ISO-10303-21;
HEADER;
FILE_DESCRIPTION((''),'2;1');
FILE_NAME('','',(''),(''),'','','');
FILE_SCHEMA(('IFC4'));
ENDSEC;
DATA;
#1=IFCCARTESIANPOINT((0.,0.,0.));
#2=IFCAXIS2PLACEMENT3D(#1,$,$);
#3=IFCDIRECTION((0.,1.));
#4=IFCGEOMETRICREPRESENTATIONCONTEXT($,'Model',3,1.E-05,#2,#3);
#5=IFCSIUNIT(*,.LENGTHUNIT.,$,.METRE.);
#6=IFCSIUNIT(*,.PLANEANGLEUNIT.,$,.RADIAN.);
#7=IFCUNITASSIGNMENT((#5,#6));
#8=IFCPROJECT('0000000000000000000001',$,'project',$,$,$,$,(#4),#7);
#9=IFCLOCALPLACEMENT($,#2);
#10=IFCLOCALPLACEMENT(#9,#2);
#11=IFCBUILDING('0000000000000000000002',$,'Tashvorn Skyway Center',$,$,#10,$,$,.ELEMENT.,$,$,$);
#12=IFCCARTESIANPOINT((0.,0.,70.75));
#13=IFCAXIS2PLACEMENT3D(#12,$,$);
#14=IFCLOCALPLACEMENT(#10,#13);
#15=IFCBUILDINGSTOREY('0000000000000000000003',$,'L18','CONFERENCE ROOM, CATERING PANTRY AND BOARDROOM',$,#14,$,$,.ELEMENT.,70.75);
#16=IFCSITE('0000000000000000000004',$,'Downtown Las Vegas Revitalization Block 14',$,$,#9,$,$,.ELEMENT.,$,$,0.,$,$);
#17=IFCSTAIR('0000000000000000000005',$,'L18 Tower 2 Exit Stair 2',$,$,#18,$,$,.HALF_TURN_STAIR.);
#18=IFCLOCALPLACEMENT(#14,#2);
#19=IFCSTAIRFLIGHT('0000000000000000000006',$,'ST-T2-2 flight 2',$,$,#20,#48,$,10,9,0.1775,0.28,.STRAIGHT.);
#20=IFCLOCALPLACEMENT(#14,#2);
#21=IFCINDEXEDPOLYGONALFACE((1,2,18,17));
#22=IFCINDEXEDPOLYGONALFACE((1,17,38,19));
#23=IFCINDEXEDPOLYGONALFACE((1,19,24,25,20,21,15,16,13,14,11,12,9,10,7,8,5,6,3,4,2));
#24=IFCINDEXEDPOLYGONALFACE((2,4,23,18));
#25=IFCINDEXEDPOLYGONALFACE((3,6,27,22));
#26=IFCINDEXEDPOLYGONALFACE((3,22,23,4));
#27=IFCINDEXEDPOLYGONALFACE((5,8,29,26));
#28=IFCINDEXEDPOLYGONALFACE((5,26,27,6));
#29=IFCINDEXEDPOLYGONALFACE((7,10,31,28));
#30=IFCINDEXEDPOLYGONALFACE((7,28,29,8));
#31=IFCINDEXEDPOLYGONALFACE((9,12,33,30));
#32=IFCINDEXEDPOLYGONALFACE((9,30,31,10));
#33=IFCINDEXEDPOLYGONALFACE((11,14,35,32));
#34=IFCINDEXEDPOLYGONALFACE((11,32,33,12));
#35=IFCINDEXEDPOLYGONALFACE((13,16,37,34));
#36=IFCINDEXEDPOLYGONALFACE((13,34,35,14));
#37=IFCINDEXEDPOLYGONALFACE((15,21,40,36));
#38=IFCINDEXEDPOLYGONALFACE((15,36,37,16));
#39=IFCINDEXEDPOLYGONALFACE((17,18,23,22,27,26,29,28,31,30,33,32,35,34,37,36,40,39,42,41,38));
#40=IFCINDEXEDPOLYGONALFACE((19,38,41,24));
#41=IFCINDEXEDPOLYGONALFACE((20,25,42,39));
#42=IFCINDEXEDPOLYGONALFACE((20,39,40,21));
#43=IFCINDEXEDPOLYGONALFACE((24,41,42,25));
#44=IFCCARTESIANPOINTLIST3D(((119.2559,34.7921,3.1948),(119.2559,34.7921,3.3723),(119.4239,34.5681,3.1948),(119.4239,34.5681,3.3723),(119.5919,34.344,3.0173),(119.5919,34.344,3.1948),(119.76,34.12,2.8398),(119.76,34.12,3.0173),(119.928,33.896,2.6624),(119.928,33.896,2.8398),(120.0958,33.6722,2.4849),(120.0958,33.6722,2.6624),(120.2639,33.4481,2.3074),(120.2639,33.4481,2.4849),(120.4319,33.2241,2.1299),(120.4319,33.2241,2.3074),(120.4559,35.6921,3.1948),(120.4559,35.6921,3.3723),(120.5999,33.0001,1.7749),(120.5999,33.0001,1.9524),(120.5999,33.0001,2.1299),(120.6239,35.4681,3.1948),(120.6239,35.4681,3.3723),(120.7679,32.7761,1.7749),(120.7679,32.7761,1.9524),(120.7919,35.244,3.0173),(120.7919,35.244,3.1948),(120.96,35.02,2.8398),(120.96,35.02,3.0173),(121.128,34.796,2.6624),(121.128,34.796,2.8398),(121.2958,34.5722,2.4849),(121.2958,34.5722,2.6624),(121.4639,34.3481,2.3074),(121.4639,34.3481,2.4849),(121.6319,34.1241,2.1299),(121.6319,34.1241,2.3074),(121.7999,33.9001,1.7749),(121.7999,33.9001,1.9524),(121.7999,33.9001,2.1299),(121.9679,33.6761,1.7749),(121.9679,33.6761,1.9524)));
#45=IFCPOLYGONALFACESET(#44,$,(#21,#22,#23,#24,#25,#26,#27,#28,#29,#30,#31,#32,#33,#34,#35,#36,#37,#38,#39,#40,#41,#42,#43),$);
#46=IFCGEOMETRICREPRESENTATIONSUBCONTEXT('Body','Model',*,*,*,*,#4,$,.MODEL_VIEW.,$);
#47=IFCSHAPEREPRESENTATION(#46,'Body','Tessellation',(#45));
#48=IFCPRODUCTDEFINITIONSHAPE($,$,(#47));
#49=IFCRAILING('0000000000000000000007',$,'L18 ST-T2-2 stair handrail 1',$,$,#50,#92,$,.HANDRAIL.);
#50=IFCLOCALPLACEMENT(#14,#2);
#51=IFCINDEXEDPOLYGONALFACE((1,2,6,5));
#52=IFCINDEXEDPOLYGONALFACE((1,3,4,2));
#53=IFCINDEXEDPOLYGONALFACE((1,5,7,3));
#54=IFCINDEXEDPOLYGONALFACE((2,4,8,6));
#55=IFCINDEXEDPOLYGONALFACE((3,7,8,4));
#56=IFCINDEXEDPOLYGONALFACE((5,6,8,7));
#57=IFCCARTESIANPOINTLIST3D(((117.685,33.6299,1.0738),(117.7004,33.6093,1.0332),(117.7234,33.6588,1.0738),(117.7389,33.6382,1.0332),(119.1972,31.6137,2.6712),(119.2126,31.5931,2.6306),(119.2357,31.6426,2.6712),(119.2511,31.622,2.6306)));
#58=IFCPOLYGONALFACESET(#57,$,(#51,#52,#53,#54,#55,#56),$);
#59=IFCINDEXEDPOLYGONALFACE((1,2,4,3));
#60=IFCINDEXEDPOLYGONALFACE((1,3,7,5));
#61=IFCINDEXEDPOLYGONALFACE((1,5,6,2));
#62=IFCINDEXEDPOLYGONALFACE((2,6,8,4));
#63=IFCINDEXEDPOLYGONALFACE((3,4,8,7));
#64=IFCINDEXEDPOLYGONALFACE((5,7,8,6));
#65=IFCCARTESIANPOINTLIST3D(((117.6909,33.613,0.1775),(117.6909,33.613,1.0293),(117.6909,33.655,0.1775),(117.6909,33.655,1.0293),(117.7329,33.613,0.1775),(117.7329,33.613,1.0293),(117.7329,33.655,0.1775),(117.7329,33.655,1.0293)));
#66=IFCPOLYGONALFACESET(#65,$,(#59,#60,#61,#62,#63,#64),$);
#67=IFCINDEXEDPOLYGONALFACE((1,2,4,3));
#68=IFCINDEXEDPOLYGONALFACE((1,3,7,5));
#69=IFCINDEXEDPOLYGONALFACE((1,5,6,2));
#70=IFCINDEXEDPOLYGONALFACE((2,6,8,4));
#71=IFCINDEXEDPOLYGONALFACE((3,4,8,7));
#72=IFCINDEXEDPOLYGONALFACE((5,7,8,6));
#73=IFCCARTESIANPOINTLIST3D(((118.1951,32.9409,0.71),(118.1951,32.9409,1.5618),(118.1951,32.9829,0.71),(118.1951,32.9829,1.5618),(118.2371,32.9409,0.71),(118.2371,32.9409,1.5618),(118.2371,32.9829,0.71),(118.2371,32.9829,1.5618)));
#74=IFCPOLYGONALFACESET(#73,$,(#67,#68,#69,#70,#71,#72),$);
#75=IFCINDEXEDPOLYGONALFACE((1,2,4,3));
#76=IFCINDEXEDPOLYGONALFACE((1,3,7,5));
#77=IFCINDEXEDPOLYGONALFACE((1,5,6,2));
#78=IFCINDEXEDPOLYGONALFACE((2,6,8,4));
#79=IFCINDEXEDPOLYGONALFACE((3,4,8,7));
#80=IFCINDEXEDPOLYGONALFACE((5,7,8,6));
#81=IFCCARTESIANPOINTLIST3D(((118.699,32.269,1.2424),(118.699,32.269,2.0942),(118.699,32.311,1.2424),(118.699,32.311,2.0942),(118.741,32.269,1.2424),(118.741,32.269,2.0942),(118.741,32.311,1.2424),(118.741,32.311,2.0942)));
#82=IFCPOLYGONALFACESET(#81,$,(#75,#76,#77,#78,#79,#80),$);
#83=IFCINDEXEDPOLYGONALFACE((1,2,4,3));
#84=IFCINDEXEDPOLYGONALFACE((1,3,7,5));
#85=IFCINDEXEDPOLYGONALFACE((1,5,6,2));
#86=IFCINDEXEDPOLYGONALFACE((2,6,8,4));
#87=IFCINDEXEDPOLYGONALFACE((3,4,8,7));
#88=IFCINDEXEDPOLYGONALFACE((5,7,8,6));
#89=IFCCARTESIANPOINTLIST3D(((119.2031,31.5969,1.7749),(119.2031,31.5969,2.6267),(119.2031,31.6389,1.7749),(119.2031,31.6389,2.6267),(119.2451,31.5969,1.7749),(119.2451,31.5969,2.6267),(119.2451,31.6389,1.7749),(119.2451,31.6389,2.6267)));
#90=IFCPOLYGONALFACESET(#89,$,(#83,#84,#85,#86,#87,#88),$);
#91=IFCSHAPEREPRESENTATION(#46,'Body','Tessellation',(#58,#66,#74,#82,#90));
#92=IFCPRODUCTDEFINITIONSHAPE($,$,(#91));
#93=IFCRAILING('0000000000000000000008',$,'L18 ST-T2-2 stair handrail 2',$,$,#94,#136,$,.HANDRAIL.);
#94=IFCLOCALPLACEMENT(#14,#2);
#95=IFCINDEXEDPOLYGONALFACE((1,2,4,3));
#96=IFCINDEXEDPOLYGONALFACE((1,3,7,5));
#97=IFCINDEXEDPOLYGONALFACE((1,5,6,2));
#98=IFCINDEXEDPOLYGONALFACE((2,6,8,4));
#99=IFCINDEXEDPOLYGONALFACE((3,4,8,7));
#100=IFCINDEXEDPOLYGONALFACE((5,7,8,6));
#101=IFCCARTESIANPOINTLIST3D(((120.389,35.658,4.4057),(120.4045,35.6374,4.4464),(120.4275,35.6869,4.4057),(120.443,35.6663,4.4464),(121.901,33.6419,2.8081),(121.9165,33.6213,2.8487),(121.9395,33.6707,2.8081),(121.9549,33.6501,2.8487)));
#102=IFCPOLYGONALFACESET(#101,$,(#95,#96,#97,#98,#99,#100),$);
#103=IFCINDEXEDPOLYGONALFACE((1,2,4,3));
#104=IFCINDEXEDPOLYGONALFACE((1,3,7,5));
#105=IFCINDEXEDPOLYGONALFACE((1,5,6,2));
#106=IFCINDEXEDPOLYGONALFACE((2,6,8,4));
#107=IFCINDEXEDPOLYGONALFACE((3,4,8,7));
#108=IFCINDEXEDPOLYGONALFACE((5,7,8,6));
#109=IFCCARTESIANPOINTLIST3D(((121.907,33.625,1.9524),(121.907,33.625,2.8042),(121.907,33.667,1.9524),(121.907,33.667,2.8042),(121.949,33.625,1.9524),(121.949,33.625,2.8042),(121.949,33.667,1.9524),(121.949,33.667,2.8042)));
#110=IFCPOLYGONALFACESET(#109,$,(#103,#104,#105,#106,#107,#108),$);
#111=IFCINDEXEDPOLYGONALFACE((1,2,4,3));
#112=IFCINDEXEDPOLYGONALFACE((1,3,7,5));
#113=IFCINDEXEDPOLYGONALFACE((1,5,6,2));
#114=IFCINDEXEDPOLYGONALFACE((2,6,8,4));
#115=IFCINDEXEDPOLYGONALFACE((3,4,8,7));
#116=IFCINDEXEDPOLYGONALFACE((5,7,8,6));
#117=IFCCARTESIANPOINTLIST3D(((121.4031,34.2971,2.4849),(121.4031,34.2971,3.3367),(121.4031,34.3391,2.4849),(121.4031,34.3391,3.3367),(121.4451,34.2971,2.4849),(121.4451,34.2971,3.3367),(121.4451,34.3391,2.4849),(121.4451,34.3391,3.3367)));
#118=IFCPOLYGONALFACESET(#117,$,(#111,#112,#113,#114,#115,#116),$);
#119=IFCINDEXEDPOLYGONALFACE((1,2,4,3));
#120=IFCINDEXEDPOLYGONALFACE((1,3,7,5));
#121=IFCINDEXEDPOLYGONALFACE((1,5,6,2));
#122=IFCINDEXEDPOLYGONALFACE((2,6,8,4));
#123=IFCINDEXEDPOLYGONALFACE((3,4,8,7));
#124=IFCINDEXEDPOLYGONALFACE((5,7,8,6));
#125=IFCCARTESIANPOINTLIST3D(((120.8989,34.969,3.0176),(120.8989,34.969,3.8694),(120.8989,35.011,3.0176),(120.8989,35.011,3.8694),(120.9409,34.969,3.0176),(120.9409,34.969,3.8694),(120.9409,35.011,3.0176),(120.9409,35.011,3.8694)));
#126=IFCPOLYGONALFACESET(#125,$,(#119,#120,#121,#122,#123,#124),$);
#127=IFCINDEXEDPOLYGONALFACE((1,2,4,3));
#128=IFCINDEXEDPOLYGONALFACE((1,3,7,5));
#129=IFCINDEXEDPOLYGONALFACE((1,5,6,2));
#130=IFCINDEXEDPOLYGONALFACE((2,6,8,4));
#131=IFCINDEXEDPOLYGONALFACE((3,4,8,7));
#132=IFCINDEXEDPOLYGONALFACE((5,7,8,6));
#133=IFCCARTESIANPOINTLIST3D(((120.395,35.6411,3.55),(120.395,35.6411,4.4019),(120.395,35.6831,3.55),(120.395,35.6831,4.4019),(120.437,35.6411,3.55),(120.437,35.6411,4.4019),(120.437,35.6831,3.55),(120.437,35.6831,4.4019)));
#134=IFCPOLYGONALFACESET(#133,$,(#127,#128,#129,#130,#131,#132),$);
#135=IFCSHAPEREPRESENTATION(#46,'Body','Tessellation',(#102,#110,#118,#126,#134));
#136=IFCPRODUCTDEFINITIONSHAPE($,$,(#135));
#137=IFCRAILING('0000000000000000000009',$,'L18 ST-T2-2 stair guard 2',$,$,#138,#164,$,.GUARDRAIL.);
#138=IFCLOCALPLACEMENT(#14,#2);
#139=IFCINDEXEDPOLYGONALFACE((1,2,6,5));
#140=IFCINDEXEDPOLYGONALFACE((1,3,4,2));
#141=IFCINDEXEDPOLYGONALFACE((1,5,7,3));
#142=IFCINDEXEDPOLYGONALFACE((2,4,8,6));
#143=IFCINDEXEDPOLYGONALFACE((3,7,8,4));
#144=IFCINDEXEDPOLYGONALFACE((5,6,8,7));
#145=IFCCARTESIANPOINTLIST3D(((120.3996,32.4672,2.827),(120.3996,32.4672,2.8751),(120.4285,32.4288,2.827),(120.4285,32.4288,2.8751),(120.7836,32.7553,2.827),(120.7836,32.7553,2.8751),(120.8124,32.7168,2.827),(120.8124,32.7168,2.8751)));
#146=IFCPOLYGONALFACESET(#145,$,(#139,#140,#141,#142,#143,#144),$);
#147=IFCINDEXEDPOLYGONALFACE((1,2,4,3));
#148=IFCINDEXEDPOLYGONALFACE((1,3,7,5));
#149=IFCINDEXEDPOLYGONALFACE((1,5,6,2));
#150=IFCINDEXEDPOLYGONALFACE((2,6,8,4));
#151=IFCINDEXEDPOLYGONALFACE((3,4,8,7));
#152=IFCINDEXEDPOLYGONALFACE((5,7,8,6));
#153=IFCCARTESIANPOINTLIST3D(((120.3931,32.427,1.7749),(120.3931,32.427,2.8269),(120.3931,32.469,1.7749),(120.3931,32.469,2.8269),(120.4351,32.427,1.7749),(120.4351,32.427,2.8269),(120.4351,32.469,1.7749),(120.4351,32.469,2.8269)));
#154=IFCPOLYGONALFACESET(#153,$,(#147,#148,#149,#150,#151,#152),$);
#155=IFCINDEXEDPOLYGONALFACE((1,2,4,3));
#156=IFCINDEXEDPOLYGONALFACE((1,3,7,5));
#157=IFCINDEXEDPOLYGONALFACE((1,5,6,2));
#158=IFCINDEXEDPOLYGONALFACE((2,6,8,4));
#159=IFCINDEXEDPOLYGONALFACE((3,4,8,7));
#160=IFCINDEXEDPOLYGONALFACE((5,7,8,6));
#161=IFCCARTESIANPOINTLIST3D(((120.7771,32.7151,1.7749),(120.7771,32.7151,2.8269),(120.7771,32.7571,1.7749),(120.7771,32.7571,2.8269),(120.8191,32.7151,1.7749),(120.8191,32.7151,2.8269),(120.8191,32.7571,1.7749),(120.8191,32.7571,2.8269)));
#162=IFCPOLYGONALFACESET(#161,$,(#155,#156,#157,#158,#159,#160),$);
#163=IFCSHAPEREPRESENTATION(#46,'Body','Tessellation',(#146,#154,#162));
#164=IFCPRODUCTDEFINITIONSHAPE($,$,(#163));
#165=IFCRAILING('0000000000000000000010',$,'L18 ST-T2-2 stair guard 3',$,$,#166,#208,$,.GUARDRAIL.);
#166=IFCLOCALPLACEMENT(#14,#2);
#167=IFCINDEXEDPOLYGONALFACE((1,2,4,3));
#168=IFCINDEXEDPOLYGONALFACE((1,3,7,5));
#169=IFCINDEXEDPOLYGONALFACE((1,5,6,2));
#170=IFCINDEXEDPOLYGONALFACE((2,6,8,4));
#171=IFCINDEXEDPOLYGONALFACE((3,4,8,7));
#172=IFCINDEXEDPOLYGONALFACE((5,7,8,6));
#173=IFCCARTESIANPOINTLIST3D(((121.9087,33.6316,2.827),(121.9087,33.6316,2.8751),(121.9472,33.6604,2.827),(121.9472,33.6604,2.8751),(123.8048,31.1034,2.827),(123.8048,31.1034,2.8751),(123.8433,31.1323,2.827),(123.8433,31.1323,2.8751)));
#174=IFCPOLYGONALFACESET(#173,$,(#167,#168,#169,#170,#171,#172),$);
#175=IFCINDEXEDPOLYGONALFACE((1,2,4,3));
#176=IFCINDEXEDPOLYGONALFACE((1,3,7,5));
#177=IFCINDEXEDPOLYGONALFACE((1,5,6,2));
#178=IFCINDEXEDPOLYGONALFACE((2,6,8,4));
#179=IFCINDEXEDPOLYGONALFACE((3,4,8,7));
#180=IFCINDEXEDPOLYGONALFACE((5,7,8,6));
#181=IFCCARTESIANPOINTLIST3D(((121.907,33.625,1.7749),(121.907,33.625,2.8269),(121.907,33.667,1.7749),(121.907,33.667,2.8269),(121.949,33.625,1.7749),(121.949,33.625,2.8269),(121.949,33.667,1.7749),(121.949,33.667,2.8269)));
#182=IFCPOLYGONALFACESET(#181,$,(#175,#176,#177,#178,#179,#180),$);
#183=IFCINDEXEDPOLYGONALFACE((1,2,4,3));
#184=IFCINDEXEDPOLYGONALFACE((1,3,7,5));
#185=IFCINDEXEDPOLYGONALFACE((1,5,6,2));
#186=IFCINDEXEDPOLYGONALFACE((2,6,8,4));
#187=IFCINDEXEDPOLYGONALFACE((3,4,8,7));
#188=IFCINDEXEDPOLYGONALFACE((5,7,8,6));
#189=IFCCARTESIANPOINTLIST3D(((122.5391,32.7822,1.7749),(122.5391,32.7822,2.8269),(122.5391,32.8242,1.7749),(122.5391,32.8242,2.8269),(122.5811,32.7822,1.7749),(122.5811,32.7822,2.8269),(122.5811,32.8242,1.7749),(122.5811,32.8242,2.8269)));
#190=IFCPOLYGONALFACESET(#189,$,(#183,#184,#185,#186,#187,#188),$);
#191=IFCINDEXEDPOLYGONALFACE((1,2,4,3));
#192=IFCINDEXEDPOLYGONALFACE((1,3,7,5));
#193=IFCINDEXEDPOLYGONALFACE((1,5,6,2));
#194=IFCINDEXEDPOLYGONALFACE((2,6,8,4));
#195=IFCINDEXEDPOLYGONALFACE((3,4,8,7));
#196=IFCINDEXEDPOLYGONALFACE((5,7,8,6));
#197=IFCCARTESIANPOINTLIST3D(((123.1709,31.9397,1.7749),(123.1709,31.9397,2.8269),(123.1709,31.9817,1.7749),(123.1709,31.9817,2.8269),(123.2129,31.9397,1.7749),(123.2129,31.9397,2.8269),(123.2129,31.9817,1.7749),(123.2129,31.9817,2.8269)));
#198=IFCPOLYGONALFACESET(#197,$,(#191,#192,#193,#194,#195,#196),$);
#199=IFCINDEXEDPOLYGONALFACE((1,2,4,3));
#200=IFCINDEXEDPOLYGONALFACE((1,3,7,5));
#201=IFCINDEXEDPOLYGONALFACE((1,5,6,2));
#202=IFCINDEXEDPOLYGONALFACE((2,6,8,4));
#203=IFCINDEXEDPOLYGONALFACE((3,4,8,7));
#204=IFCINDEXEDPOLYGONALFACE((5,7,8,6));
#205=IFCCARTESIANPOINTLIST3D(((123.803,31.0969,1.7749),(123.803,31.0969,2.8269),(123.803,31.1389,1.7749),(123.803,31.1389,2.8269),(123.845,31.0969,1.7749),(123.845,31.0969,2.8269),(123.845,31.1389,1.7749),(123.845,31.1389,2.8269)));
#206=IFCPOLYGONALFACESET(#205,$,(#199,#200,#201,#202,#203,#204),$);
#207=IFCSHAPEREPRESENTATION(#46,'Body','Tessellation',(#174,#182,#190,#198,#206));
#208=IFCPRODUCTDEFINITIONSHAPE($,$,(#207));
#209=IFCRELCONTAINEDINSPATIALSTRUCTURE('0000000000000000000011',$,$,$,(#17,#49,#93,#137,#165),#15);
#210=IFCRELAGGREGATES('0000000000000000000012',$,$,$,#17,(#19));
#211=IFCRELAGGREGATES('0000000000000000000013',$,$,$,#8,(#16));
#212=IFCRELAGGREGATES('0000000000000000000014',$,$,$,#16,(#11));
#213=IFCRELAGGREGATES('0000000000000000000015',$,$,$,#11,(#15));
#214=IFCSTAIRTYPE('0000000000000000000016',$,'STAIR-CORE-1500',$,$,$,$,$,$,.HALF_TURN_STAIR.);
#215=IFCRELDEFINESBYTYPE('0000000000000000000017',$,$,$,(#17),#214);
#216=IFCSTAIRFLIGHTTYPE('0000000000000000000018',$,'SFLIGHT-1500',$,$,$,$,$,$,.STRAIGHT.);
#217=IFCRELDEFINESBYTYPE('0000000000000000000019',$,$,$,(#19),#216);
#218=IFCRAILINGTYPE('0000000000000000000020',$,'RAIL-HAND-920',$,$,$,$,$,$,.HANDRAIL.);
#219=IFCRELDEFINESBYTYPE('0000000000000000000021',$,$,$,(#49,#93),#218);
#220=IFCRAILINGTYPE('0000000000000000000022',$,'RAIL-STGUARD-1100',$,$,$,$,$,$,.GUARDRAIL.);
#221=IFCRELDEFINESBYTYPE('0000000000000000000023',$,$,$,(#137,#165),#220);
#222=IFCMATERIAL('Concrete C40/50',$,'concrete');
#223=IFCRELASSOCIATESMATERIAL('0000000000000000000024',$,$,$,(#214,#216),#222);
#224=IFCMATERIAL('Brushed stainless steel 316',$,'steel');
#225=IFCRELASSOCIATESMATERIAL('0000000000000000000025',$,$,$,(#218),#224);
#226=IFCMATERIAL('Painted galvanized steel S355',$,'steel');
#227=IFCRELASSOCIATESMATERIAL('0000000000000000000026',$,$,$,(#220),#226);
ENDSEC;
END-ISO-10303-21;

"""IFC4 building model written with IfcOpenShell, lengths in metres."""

from ifc_helpers import new_model, si_unit, direction, frame, origin, origin_2d, place, context, subcontext, project, spatial, polyline, rectangle, outline, extrude, material, type_object, element, aggregate, save


model = new_model("IFC4")

# Units and contexts
model_context = context("Model", 3, precision=1e-05, world=origin(), true_north=direction((0.0, 1.0)))
body_context = subcontext(model_context, "Body", "Model", "MODEL_VIEW")
ifc_project = project(units=[si_unit("LENGTHUNIT", "METRE"), si_unit("PLANEANGLEUNIT", "RADIAN")], contexts=[model_context])

# Site, building, storey
site_placement = place(None, origin())
site = spatial("IfcSite", under=ifc_project, at=site_placement, Name="Downtown Las Vegas Revitalization Block 14", CompositionType="ELEMENT", RefElevation=0.0)
building_placement = place(site_placement, origin())
building = spatial("IfcBuilding", under=site, at=building_placement, Name="Tashvorn Skyway Center", CompositionType="ELEMENT")
storey_placement = place(building_placement, frame((0.0, 0.0, 70.75)))
storey = spatial("IfcBuildingStorey", under=building, at=storey_placement, Name="L18", Description="CONFERENCE ROOM, CATERING PANTRY AND BOARDROOM", CompositionType="ELEMENT", Elevation=70.75)

# Shared definitions
ifc_material_1 = material(Name="Concrete C40/50", Category="concrete")

# Stair, stair flight
stair_type = type_object("IfcStairType", Name="STAIR-CORE-1500", PredefinedType="HALF_TURN_STAIR", material=ifc_material_1)
stair_placement = place(storey_placement, origin())
stair = element("IfcStair", 1, at=stair_placement, inside=storey, type_object=stair_type, Name="L18 Tower 2 Exit Stair 2", PredefinedType="HALF_TURN_STAIR")
stair_flight_type = type_object("IfcStairFlightType", Name="SFLIGHT-1500", PredefinedType="STRAIGHT", material=ifc_material_1)
stair_flight_1_placement = place(storey_placement, frame((121.3679, 33.2261, 1.7749), z_axis=(0.0, 0.0, 1.0), x_axis=(-0.6, 0.8, 0.0)))
stair_flight_1 = element("IfcStairFlight", 2, at=stair_flight_1_placement, type_object=stair_flight_type, Name="ST-T2-2 flight 2", NumberOfRisers=10, NumberOfTreads=9, PredefinedType="STRAIGHT", RiserHeight=0.1775, TreadLength=0.28, context=body_context, shape_type="SweptSolid", body=[
    extrude(outline(polyline([(0.0, 0.0), (0.0, 0.1775), (0.28, 0.1775), (0.28, 0.355), (0.5601, 0.355), (0.5601, 0.5325), (0.8401, 0.5325), (0.8401, 0.71), (1.1201, 0.71), (1.1201, 0.8875), (1.3999, 0.8875), (1.3999, 1.0649), (1.6799, 1.0649), (1.6799, 1.2424), (1.96, 1.2424), (1.96, 1.4199), (2.24, 1.4199), (2.24, 1.5974), (2.52, 1.5974), (2.52, 1.7749), (2.52, 1.4199), (0.28, 0.0), (0.0, 0.0)])), frame((0.0, 0.75, 0.0), z_axis=(0.0, -1.0, 0.0), x_axis=(1.0, 0.0, 0.0)), (0.0, 0.0, 1.0), 1.5),
])
aggregate(stair, [stair_flight_1])

# Railings
ifc_material_2 = material(Name="Brushed stainless steel 316", Category="steel")
railing_type_1 = type_object("IfcRailingType", Name="RAIL-HAND-920", PredefinedType="HANDRAIL", material=ifc_material_2)
railing_1_placement = place(storey_placement, frame((117.7119, 33.634, 0.1775)))
element("IfcRailing", 3, at=railing_1_placement, inside=storey, type_object=railing_type_1, Name="L18 ST-T2-2 stair handrail 1", PredefinedType="HANDRAIL", context=body_context, shape_type="SweptSolid", body=[
    extrude(rectangle(XDim=0.0481, YDim=0.0481, at=origin_2d()), frame((0.0, 0.0, 0.876), z_axis=(0.506802, -0.675681, 0.535357), x_axis=(0.799977, 0.600031, 0.0)), (0.0, 0.0, 1.0), 2.9839),
    extrude(rectangle(XDim=0.042, YDim=0.042, at=origin_2d()), origin(), (0.0, 0.0, 1.0), 0.8518),
    extrude(rectangle(XDim=0.042, YDim=0.042, at=origin_2d()), frame((0.5042, -0.6721, 0.5325)), (0.0, 0.0, 1.0), 0.8518),
    extrude(rectangle(XDim=0.042, YDim=0.042, at=origin_2d()), frame((1.0081, -1.344, 1.0649)), (0.0, 0.0, 1.0), 0.8518),
    extrude(rectangle(XDim=0.042, YDim=0.042, at=origin_2d()), frame((1.5122, -2.0161, 1.5974)), (0.0, 0.0, 1.0), 0.8518),
])
railing_2_placement = place(storey_placement, frame((121.928, 33.646, 1.9524)))
element("IfcRailing", 4, at=railing_2_placement, inside=storey, type_object=railing_type_1, Name="L18 ST-T2-2 stair handrail 2", PredefinedType="HANDRAIL", context=body_context, shape_type="SweptSolid", body=[
    extrude(rectangle(XDim=0.0481, YDim=0.0481, at=origin_2d()), frame((0.0, 0.0, 0.876), z_axis=(-0.506719, 0.675679, 0.535438), x_axis=(-0.800023, -0.599969, 0.0)), (0.0, 0.0, 1.0), 2.9839),
    extrude(rectangle(XDim=0.042, YDim=0.042, at=origin_2d()), origin(), (0.0, 0.0, 1.0), 0.8518),
    extrude(rectangle(XDim=0.042, YDim=0.042, at=origin_2d()), frame((-0.5039, 0.6721, 0.5325)), (0.0, 0.0, 1.0), 0.8518),
    extrude(rectangle(XDim=0.042, YDim=0.042, at=origin_2d()), frame((-1.0081, 1.344, 1.0652)), (0.0, 0.0, 1.0), 0.8518),
    extrude(rectangle(XDim=0.042, YDim=0.042, at=origin_2d()), frame((-1.512, 2.0161, 1.5977)), (0.0, 0.0, 1.0), 0.8518),
])
ifc_material_3 = material(Name="Painted galvanized steel S355", Category="steel")
railing_type_2 = type_object("IfcRailingType", Name="RAIL-STGUARD-1100", PredefinedType="GUARDRAIL", material=ifc_material_3)
railing_3_placement = place(storey_placement, frame((120.4141, 32.448, 1.7749)))
element("IfcRailing", 5, at=railing_3_placement, inside=storey, type_object=railing_type_2, Name="L18 ST-T2-2 stair guard 2", PredefinedType="GUARDRAIL", context=body_context, shape_type="SweptSolid", body=[
    extrude(rectangle(XDim=0.0481, YDim=0.0481, at=origin_2d()), frame((0.0, 0.0, 1.0762), z_axis=(0.799939, 0.600081, 0.0), x_axis=(-0.600081, 0.799939, 0.0)), (0.0, 0.0, 1.0), 0.48),
    extrude(rectangle(XDim=0.042, YDim=0.042, at=origin_2d()), origin(), (0.0, 0.0, 1.0), 1.052),
    extrude(rectangle(XDim=0.042, YDim=0.042, at=origin_2d()), frame((0.384, 0.2881, 0.0)), (0.0, 0.0, 1.0), 1.052),
])
railing_4_placement = place(storey_placement, frame((121.928, 33.646, 1.7749)))
element("IfcRailing", 6, at=railing_4_placement, inside=storey, type_object=railing_type_2, Name="L18 ST-T2-2 stair guard 3", PredefinedType="GUARDRAIL", context=body_context, shape_type="SweptSolid", body=[
    extrude(rectangle(XDim=0.0481, YDim=0.0481, at=origin_2d()), frame((0.0, 0.0, 1.0762), z_axis=(0.599988, -0.800009, 0.0), x_axis=(0.800009, 0.599988, 0.0)), (0.0, 0.0, 1.0), 3.1602),
    extrude(rectangle(XDim=0.042, YDim=0.042, at=origin_2d()), origin(), (0.0, 0.0, 1.0), 1.052),
    extrude(rectangle(XDim=0.042, YDim=0.042, at=origin_2d()), frame((0.6321, -0.8428, 0.0)), (0.0, 0.0, 1.0), 1.052),
    extrude(rectangle(XDim=0.042, YDim=0.042, at=origin_2d()), frame((1.2639, -1.6853, 0.0)), (0.0, 0.0, 1.0), 1.052),
    extrude(rectangle(XDim=0.042, YDim=0.042, at=origin_2d()), frame((1.896, -2.5281, 0.0)), (0.0, 0.0, 1.0), 1.052),
])

save(model, "model.ifc")
